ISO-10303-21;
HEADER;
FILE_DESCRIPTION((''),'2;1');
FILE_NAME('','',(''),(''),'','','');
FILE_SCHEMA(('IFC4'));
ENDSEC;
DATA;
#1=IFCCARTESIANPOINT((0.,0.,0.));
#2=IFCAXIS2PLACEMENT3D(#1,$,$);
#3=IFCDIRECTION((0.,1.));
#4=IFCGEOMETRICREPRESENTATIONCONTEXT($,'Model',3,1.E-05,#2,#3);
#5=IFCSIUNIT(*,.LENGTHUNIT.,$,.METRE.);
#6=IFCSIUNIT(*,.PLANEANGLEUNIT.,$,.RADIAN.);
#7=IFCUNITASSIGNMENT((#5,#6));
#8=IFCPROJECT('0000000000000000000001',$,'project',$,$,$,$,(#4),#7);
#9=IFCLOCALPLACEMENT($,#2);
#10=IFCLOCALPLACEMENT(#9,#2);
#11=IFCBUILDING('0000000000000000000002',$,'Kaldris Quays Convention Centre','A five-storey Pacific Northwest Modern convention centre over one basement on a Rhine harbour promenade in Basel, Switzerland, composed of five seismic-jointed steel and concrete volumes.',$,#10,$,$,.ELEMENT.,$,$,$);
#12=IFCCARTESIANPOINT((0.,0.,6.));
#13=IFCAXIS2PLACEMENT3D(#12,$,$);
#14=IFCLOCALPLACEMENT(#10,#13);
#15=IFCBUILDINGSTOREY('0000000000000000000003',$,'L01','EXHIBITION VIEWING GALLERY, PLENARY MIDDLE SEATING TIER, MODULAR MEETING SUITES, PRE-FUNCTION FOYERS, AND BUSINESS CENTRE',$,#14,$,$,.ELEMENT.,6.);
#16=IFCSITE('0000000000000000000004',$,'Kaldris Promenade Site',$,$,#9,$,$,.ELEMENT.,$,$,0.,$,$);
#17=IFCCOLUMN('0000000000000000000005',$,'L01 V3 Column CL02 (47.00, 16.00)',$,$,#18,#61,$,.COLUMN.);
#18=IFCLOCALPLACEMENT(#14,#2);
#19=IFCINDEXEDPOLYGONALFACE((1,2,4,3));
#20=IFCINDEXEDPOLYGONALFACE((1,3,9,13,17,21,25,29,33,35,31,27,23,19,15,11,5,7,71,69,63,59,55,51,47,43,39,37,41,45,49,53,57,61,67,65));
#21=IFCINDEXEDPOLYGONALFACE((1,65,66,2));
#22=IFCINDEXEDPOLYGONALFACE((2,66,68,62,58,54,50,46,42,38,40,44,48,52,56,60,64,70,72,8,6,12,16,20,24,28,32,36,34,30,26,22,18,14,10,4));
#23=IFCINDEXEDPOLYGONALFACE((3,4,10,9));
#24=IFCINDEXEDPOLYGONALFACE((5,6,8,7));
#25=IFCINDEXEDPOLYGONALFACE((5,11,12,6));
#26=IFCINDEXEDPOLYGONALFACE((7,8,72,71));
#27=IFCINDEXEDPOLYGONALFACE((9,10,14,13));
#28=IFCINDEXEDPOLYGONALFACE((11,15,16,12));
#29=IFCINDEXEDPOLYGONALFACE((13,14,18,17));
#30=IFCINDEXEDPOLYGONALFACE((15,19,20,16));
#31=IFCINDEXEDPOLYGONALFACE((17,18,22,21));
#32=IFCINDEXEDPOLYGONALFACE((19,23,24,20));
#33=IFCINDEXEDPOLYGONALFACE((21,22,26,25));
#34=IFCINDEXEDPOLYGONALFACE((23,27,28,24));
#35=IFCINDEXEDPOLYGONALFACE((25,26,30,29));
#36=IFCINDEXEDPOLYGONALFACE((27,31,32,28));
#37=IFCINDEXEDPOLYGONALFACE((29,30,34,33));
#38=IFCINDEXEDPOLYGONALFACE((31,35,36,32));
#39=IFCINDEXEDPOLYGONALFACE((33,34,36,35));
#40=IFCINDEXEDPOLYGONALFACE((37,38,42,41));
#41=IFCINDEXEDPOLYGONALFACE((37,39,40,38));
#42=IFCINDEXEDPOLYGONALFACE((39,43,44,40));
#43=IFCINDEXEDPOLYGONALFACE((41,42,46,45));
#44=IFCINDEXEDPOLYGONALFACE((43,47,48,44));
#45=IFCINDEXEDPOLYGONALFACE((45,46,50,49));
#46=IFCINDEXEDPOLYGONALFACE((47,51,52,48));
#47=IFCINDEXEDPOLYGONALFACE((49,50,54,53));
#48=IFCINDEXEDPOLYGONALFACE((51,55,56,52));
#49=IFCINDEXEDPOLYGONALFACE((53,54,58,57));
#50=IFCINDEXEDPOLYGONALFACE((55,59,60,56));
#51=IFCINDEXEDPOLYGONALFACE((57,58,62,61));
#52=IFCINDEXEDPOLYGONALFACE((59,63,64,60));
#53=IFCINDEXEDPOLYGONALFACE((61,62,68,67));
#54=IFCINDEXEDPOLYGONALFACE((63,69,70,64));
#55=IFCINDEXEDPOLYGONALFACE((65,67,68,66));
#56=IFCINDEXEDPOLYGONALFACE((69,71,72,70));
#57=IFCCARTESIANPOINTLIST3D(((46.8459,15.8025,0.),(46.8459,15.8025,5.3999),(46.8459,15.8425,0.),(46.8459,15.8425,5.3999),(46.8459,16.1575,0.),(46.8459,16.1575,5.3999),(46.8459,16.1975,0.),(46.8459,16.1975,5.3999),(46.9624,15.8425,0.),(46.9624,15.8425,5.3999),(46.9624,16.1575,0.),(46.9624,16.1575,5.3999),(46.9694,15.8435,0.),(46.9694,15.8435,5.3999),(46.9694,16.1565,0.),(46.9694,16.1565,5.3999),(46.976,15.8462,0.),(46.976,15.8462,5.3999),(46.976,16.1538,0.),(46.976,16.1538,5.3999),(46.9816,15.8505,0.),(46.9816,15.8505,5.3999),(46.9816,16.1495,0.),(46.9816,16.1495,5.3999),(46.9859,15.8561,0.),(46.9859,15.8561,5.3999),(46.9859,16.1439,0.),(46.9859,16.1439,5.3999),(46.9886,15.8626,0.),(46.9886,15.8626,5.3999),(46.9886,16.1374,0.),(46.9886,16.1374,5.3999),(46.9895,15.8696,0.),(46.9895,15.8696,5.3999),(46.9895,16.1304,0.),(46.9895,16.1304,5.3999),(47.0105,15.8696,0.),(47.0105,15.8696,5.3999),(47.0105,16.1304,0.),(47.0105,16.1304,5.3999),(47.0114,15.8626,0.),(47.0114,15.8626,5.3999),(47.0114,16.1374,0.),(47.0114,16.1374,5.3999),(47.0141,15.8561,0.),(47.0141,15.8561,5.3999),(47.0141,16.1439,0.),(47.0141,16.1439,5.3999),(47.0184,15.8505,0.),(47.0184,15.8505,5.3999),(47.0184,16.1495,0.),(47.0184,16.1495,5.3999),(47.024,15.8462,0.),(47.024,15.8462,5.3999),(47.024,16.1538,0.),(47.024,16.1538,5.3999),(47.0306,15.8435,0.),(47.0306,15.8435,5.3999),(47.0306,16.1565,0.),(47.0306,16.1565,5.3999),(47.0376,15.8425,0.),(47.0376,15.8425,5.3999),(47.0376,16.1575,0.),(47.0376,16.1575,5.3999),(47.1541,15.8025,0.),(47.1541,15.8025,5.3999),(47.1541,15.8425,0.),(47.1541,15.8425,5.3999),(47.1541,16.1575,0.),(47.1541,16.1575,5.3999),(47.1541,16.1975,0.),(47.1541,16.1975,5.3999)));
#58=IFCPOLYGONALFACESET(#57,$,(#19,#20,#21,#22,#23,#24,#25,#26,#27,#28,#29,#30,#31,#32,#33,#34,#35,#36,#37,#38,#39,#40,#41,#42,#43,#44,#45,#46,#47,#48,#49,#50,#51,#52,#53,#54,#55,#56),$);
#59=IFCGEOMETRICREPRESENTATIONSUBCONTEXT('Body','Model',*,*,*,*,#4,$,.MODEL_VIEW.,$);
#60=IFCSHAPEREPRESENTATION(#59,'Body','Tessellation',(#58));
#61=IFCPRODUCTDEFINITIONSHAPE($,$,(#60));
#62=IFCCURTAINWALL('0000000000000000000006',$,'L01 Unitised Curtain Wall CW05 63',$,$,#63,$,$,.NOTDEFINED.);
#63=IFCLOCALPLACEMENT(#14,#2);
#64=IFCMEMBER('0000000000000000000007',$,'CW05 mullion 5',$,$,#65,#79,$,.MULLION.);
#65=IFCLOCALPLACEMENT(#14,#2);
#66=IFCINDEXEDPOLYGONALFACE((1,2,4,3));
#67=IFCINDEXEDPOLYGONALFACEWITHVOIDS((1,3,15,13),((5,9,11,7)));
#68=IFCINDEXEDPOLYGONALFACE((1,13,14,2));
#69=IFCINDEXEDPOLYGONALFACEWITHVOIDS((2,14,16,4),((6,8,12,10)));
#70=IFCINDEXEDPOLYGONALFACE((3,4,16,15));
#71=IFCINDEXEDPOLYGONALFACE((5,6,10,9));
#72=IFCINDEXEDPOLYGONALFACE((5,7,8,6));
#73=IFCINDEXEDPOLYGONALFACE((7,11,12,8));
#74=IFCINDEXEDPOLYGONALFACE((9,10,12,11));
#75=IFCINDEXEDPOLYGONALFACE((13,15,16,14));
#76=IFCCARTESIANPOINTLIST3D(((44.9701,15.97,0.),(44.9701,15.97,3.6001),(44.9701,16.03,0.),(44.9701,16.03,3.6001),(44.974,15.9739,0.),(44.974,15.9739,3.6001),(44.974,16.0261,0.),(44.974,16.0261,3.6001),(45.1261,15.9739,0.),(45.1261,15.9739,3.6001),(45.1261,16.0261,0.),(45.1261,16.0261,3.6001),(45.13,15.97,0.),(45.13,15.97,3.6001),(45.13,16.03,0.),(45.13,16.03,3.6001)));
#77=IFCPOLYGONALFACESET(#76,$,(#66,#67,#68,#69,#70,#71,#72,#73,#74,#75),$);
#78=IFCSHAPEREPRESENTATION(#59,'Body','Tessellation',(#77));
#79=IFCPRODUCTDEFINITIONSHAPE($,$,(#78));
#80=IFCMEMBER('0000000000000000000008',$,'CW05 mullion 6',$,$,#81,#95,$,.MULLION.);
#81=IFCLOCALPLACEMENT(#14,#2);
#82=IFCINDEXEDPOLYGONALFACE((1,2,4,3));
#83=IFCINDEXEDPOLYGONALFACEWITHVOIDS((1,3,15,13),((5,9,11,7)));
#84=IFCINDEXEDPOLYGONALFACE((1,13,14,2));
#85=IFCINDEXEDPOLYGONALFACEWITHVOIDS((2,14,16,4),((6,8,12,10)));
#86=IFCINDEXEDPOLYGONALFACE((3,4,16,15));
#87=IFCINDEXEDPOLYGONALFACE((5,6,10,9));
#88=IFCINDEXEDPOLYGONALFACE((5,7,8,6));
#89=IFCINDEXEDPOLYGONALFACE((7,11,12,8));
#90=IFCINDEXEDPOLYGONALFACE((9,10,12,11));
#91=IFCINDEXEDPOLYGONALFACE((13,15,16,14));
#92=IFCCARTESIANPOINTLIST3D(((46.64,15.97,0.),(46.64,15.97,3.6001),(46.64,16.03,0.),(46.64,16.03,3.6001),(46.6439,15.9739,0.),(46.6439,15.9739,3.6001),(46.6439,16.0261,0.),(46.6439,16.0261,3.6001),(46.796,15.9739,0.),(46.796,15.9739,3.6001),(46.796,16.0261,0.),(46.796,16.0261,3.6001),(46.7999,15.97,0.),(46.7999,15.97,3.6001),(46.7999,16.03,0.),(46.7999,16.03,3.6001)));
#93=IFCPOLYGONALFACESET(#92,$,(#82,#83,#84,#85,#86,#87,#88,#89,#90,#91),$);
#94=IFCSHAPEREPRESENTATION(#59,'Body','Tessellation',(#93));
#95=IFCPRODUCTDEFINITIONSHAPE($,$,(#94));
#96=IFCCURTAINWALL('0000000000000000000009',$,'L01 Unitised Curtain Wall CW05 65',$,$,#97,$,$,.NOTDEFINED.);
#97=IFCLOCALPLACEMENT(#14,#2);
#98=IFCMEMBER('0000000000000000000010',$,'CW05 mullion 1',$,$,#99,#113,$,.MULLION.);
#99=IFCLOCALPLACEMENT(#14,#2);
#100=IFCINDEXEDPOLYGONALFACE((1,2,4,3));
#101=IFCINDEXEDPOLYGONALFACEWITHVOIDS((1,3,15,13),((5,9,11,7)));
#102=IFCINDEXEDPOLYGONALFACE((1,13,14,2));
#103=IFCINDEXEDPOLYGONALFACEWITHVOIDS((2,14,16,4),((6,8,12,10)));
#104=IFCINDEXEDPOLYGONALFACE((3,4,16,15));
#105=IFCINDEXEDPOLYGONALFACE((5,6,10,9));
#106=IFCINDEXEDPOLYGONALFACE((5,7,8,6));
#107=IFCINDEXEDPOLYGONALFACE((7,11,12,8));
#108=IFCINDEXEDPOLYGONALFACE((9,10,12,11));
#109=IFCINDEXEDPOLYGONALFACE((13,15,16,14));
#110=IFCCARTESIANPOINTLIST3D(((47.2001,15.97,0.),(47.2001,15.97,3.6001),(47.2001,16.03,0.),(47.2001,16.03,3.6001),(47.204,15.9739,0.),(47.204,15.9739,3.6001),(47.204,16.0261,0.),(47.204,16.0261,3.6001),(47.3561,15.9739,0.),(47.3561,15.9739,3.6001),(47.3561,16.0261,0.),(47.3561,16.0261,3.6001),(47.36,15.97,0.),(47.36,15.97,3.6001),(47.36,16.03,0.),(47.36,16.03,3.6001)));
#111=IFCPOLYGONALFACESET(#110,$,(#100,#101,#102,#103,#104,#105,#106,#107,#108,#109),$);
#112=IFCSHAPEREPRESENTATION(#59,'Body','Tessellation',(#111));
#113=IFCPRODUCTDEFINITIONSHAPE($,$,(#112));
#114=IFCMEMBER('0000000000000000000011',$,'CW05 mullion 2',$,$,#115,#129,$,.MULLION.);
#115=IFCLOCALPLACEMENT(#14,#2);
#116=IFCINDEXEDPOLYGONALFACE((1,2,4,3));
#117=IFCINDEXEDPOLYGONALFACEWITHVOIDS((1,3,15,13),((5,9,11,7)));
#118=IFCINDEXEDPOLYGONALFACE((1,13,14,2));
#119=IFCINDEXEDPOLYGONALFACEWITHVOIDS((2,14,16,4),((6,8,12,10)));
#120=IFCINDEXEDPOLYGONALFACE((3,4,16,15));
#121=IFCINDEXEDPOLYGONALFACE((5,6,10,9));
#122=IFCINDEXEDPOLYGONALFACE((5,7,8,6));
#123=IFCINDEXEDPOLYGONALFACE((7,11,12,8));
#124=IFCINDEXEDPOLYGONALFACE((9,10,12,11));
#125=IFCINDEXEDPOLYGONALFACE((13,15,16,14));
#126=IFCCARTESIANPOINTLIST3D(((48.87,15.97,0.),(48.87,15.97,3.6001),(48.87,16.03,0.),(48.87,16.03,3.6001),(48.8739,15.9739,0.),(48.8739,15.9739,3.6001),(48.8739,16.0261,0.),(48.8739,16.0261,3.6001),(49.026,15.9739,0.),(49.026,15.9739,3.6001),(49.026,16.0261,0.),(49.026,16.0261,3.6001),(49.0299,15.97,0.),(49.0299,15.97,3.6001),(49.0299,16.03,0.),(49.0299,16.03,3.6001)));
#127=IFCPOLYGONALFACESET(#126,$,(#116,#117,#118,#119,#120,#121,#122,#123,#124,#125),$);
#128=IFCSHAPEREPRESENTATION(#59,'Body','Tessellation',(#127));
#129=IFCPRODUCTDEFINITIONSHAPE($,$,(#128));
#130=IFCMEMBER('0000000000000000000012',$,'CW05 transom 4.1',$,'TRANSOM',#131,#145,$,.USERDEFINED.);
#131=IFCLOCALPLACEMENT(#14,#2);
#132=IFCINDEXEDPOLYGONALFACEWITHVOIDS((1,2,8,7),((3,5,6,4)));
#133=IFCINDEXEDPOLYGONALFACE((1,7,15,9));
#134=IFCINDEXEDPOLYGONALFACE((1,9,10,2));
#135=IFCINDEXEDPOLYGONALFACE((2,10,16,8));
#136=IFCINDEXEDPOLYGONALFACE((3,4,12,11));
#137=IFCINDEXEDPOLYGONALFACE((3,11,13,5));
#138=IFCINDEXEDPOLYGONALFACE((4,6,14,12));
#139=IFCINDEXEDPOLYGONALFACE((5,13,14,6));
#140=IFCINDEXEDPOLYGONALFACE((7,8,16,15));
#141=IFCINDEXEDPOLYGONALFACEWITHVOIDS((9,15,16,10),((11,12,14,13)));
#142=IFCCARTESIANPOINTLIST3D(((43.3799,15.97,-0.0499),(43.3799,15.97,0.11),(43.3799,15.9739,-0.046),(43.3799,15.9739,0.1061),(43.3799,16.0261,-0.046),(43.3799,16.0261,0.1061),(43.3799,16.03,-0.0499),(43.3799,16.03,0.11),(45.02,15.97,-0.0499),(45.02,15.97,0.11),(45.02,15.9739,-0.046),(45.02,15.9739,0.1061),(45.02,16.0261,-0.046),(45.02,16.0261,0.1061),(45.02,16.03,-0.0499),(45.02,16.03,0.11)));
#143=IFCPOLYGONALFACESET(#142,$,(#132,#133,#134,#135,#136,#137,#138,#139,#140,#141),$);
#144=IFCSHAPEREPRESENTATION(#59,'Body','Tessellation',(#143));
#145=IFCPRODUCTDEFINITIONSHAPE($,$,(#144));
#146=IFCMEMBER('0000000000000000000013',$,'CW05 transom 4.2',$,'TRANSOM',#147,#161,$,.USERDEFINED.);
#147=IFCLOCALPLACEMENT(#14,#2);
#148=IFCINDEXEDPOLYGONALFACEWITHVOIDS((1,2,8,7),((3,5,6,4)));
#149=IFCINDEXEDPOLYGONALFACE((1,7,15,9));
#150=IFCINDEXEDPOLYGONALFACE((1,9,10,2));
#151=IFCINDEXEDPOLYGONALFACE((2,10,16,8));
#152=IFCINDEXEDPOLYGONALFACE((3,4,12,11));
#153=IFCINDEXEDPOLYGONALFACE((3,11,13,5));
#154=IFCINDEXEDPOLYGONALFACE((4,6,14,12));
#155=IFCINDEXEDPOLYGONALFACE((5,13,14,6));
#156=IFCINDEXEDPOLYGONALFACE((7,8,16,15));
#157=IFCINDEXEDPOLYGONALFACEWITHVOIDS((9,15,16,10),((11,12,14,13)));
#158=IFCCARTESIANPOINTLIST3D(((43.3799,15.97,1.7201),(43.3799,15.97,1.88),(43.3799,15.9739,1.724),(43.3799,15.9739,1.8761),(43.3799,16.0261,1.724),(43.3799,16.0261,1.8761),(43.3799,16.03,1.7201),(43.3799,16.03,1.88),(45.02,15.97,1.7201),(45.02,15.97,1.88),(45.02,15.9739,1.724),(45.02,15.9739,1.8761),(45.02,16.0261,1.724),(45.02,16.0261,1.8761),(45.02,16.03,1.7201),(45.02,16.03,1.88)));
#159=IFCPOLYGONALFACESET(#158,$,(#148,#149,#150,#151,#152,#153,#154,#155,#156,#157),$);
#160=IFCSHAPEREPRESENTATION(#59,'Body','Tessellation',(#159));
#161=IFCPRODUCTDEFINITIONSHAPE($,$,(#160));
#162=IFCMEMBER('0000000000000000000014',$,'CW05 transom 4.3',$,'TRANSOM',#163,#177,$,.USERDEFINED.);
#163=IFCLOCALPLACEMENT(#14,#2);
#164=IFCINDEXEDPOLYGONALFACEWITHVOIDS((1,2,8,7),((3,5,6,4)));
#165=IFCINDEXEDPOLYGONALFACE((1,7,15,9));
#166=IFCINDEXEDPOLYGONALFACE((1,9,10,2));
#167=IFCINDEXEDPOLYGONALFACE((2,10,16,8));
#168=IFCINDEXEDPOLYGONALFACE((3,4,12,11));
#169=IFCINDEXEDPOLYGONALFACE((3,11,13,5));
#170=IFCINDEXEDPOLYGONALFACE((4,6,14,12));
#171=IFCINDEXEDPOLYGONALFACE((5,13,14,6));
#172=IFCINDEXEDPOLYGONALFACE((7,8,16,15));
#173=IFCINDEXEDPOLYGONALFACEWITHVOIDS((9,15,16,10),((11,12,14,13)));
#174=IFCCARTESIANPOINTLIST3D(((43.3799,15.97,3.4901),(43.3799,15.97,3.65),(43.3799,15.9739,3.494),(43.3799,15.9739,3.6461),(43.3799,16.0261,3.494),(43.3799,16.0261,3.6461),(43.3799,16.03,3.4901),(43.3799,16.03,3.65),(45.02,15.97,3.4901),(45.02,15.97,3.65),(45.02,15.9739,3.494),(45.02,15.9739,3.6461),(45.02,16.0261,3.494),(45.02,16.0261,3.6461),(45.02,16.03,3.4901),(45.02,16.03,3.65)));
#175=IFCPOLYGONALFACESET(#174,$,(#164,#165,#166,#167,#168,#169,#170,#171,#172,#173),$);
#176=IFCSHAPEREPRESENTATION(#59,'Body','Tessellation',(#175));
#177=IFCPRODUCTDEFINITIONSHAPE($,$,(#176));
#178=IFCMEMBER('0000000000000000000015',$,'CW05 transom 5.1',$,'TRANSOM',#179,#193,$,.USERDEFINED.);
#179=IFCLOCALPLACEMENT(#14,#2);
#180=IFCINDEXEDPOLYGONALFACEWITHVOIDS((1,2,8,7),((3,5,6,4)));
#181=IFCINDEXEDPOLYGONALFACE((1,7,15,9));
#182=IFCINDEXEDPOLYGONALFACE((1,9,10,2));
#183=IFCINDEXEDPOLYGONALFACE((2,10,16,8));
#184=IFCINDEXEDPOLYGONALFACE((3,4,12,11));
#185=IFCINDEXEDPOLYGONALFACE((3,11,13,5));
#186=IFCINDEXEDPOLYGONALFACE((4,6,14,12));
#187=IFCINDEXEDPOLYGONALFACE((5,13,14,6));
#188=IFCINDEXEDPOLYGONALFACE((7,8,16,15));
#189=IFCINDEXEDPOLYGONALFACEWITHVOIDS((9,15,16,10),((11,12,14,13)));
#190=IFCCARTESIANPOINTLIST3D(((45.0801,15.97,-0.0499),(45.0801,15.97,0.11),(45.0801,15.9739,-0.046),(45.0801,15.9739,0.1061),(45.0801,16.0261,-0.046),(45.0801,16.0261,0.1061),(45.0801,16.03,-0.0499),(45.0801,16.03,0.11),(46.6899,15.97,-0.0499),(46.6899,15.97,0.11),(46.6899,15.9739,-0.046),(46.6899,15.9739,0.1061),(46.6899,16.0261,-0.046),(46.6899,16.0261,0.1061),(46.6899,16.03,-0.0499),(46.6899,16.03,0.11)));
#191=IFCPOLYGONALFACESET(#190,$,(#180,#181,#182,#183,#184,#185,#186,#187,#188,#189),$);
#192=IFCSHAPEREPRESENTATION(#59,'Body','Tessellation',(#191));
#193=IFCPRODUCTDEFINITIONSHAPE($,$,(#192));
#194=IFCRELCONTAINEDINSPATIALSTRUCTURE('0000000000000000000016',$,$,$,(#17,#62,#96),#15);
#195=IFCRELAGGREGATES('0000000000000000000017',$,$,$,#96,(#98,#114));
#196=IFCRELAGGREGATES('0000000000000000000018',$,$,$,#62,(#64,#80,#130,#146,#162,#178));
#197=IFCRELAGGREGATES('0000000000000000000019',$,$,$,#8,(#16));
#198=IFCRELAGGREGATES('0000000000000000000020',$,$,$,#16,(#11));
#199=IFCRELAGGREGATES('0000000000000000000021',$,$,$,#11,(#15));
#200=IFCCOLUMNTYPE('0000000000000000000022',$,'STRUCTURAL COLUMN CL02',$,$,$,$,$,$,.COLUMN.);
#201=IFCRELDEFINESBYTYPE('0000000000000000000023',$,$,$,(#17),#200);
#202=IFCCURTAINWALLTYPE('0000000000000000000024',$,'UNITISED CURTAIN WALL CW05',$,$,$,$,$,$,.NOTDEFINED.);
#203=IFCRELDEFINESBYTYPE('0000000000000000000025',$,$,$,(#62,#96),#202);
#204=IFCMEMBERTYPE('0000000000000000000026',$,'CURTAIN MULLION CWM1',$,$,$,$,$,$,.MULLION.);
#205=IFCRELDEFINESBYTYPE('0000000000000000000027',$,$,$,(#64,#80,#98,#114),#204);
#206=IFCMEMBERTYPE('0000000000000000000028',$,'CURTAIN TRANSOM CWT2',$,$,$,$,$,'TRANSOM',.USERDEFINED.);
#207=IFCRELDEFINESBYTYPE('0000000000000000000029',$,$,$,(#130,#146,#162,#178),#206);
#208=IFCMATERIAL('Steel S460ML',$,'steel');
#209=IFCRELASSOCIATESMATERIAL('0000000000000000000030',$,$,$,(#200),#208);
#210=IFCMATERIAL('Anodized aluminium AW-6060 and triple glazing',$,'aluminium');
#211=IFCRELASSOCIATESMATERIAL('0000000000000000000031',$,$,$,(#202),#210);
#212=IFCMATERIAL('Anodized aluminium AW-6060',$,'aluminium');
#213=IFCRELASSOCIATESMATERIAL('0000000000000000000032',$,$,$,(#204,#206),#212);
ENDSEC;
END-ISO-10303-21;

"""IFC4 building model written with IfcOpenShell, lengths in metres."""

from ifc_helpers import new_model, si_unit, direction, frame, origin, origin_2d, place, context, subcontext, project, spatial, hollow_rectangle, i_section, extrude, material, material_profile, profile_set, type_object, element, aggregate, save


model = new_model("IFC4")

# Units and contexts
model_context = context("Model", 3, precision=1e-05, world=origin(), true_north=direction((0.0, 1.0)))
body_context = subcontext(model_context, "Body", "Model", "MODEL_VIEW")
ifc_project = project(units=[si_unit("LENGTHUNIT", "METRE"), si_unit("PLANEANGLEUNIT", "RADIAN")], contexts=[model_context])

# Site, building, storey
site_placement = place(None, origin())
site = spatial("IfcSite", under=ifc_project, at=site_placement, Name="Kaldris Promenade Site", CompositionType="ELEMENT", RefElevation=0.0)
building_placement = place(site_placement, origin())
building = spatial("IfcBuilding", under=site, at=building_placement, Name="Kaldris Quays Convention Centre", Description="A five-storey Pacific Northwest Modern convention centre over one basement on a Rhine harbour promenade in Basel, Switzerland, composed of five seismic-jointed steel and concrete volumes.", CompositionType="ELEMENT")
storey_placement = place(building_placement, frame((0.0, 0.0, 6.0)))
storey = spatial("IfcBuildingStorey", under=building, at=storey_placement, Name="L01", Description="EXHIBITION VIEWING GALLERY, PLENARY MIDDLE SEATING TIER, MODULAR MEETING SUITES, PRE-FUNCTION FOYERS, AND BUSINESS CENTRE", CompositionType="ELEMENT", Elevation=6.0)

# Column
ifc_material_1 = material(Name="Steel S460ML", Category="steel")
ifc_material_profile_1 = material_profile(ifc_material_1, i_section(OverallWidth=0.3081, OverallDepth=0.395, WebThickness=0.021, FlangeThickness=0.04, FilletRadius=0.0271, at=origin_2d()), Name="HEM 360")
ifc_profile_set_1 = profile_set([ifc_material_profile_1], Name="Steel S460ML")
column_type = type_object("IfcColumnType", Name="STRUCTURAL COLUMN CL02", PredefinedType="COLUMN", material=ifc_profile_set_1)
column_placement = place(storey_placement, frame((47.0, 16.0, 0.0), z_axis=(0.0, 0.0, 1.0), x_axis=(1.0, 0.0, 0.0)))
element("IfcColumn", 1, at=column_placement, inside=storey, type_object=column_type, Name="L01 V3 Column CL02 (47.00, 16.00)", PredefinedType="COLUMN", context=body_context, shape_type="SweptSolid", body=[
    extrude(i_section(OverallWidth=0.3081, OverallDepth=0.395, WebThickness=0.021, FlangeThickness=0.04, FilletRadius=0.0271, at=origin_2d()), origin(), (0.0, 0.0, 1.0), 5.3999),
])

# Curtain walls, members
ifc_material_2 = material(Name="Anodized aluminium AW-6060 and triple glazing", Category="aluminium")
curtain_wall_type = type_object("IfcCurtainWallType", Name="UNITISED CURTAIN WALL CW05", PredefinedType="NOTDEFINED", material=ifc_material_2)
curtain_wall_1_placement = place(storey_placement, origin())
curtain_wall_1 = element("IfcCurtainWall", 2, at=curtain_wall_1_placement, inside=storey, type_object=curtain_wall_type, Name="L01 Unitised Curtain Wall CW05 63", PredefinedType="NOTDEFINED")
ifc_material_3 = material(Name="Anodized aluminium AW-6060", Category="aluminium")
ifc_material_profile_2 = material_profile(ifc_material_3, hollow_rectangle(XDim=0.0601, YDim=0.1599, WallThickness=0.0039, at=origin_2d()), Name="RHS 160x60x4")
ifc_profile_set_2 = profile_set([ifc_material_profile_2], Name="Anodized aluminium AW-6060")
member_type_1 = type_object("IfcMemberType", Name="CURTAIN MULLION CWM1", PredefinedType="MULLION", material=ifc_profile_set_2)
member_1_placement = place(storey_placement, frame((45.05, 16.0, 0.0), z_axis=(0.0, 0.0, 1.0), x_axis=(0.0, 1.0, 0.0)))
member_1 = element("IfcMember", 3, at=member_1_placement, type_object=member_type_1, Name="CW05 mullion 5", PredefinedType="MULLION", context=body_context, shape_type="SweptSolid", body=[
    extrude(hollow_rectangle(XDim=0.0601, YDim=0.1599, WallThickness=0.0039, at=origin_2d()), origin(), (0.0, 0.0, 1.0), 3.6001),
])
member_2_placement = place(storey_placement, frame((46.72, 16.0, 0.0), z_axis=(0.0, 0.0, 1.0), x_axis=(0.0, 1.0, 0.0)))
member_2 = element("IfcMember", 4, at=member_2_placement, type_object=member_type_1, Name="CW05 mullion 6", PredefinedType="MULLION", context=body_context, shape_type="SweptSolid", body=[
    extrude(hollow_rectangle(XDim=0.0601, YDim=0.1599, WallThickness=0.0039, at=origin_2d()), origin(), (0.0, 0.0, 1.0), 3.6001),
])
curtain_wall_2_placement = place(storey_placement, origin())
curtain_wall_2 = element("IfcCurtainWall", 5, at=curtain_wall_2_placement, inside=storey, type_object=curtain_wall_type, Name="L01 Unitised Curtain Wall CW05 65", PredefinedType="NOTDEFINED")
member_3_placement = place(storey_placement, frame((47.28, 16.0, 0.0), z_axis=(0.0, 0.0, 1.0), x_axis=(0.0, 1.0, 0.0)))
member_3 = element("IfcMember", 6, at=member_3_placement, type_object=member_type_1, Name="CW05 mullion 1", PredefinedType="MULLION", context=body_context, shape_type="SweptSolid", body=[
    extrude(hollow_rectangle(XDim=0.0601, YDim=0.1599, WallThickness=0.0039, at=origin_2d()), origin(), (0.0, 0.0, 1.0), 3.6001),
])
member_4_placement = place(storey_placement, frame((48.95, 16.0, 0.0), z_axis=(0.0, 0.0, 1.0), x_axis=(0.0, 1.0, 0.0)))
member_4 = element("IfcMember", 7, at=member_4_placement, type_object=member_type_1, Name="CW05 mullion 2", PredefinedType="MULLION", context=body_context, shape_type="SweptSolid", body=[
    extrude(hollow_rectangle(XDim=0.0601, YDim=0.1599, WallThickness=0.0039, at=origin_2d()), origin(), (0.0, 0.0, 1.0), 3.6001),
])

# Members
ifc_material_profile_3 = material_profile(ifc_material_3, hollow_rectangle(XDim=0.0601, YDim=0.1599, WallThickness=0.0039, at=origin_2d()), Name="RHS 160x60x4")
ifc_profile_set_3 = profile_set([ifc_material_profile_3], Name="Anodized aluminium AW-6060")
member_type_2 = type_object("IfcMemberType", Name="CURTAIN TRANSOM CWT2", ElementType="TRANSOM", PredefinedType="USERDEFINED", material=ifc_profile_set_3)
member_5_placement = place(storey_placement, frame((43.3799, 16.0, 0.03), z_axis=(1.0, 0.0, 0.0), x_axis=(0.0, 1.0, 0.0)))
member_5 = element("IfcMember", 8, at=member_5_placement, type_object=member_type_2, Name="CW05 transom 4.1", ObjectType="TRANSOM", PredefinedType="USERDEFINED", context=body_context, shape_type="SweptSolid", body=[
    extrude(hollow_rectangle(XDim=0.0601, YDim=0.1599, WallThickness=0.0039, at=origin_2d()), origin(), (0.0, 0.0, 1.0), 1.6401),
])
member_6_placement = place(storey_placement, frame((43.3799, 16.0, 1.8), z_axis=(1.0, 0.0, 0.0), x_axis=(0.0, 1.0, 0.0)))
member_6 = element("IfcMember", 9, at=member_6_placement, type_object=member_type_2, Name="CW05 transom 4.2", ObjectType="TRANSOM", PredefinedType="USERDEFINED", context=body_context, shape_type="SweptSolid", body=[
    extrude(hollow_rectangle(XDim=0.0601, YDim=0.1599, WallThickness=0.0039, at=origin_2d()), origin(), (0.0, 0.0, 1.0), 1.6401),
])
member_7_placement = place(storey_placement, frame((43.3799, 16.0, 3.5701), z_axis=(1.0, 0.0, 0.0), x_axis=(0.0, 1.0, 0.0)))
member_7 = element("IfcMember", 10, at=member_7_placement, type_object=member_type_2, Name="CW05 transom 4.3", ObjectType="TRANSOM", PredefinedType="USERDEFINED", context=body_context, shape_type="SweptSolid", body=[
    extrude(hollow_rectangle(XDim=0.0601, YDim=0.1599, WallThickness=0.0039, at=origin_2d()), origin(), (0.0, 0.0, 1.0), 1.6401),
])
member_8_placement = place(storey_placement, frame((45.0801, 16.0, 0.03), z_axis=(1.0, 0.0, 0.0), x_axis=(0.0, 1.0, 0.0)))
member_8 = element("IfcMember", 11, at=member_8_placement, type_object=member_type_2, Name="CW05 transom 5.1", ObjectType="TRANSOM", PredefinedType="USERDEFINED", context=body_context, shape_type="SweptSolid", body=[
    extrude(hollow_rectangle(XDim=0.0601, YDim=0.1599, WallThickness=0.0039, at=origin_2d()), origin(), (0.0, 0.0, 1.0), 1.6099),
])

aggregate(curtain_wall_2, [member_3, member_4])
aggregate(curtain_wall_1, [member_1, member_2, member_5, member_6, member_7, member_8])

save(model, "model.ifc")
